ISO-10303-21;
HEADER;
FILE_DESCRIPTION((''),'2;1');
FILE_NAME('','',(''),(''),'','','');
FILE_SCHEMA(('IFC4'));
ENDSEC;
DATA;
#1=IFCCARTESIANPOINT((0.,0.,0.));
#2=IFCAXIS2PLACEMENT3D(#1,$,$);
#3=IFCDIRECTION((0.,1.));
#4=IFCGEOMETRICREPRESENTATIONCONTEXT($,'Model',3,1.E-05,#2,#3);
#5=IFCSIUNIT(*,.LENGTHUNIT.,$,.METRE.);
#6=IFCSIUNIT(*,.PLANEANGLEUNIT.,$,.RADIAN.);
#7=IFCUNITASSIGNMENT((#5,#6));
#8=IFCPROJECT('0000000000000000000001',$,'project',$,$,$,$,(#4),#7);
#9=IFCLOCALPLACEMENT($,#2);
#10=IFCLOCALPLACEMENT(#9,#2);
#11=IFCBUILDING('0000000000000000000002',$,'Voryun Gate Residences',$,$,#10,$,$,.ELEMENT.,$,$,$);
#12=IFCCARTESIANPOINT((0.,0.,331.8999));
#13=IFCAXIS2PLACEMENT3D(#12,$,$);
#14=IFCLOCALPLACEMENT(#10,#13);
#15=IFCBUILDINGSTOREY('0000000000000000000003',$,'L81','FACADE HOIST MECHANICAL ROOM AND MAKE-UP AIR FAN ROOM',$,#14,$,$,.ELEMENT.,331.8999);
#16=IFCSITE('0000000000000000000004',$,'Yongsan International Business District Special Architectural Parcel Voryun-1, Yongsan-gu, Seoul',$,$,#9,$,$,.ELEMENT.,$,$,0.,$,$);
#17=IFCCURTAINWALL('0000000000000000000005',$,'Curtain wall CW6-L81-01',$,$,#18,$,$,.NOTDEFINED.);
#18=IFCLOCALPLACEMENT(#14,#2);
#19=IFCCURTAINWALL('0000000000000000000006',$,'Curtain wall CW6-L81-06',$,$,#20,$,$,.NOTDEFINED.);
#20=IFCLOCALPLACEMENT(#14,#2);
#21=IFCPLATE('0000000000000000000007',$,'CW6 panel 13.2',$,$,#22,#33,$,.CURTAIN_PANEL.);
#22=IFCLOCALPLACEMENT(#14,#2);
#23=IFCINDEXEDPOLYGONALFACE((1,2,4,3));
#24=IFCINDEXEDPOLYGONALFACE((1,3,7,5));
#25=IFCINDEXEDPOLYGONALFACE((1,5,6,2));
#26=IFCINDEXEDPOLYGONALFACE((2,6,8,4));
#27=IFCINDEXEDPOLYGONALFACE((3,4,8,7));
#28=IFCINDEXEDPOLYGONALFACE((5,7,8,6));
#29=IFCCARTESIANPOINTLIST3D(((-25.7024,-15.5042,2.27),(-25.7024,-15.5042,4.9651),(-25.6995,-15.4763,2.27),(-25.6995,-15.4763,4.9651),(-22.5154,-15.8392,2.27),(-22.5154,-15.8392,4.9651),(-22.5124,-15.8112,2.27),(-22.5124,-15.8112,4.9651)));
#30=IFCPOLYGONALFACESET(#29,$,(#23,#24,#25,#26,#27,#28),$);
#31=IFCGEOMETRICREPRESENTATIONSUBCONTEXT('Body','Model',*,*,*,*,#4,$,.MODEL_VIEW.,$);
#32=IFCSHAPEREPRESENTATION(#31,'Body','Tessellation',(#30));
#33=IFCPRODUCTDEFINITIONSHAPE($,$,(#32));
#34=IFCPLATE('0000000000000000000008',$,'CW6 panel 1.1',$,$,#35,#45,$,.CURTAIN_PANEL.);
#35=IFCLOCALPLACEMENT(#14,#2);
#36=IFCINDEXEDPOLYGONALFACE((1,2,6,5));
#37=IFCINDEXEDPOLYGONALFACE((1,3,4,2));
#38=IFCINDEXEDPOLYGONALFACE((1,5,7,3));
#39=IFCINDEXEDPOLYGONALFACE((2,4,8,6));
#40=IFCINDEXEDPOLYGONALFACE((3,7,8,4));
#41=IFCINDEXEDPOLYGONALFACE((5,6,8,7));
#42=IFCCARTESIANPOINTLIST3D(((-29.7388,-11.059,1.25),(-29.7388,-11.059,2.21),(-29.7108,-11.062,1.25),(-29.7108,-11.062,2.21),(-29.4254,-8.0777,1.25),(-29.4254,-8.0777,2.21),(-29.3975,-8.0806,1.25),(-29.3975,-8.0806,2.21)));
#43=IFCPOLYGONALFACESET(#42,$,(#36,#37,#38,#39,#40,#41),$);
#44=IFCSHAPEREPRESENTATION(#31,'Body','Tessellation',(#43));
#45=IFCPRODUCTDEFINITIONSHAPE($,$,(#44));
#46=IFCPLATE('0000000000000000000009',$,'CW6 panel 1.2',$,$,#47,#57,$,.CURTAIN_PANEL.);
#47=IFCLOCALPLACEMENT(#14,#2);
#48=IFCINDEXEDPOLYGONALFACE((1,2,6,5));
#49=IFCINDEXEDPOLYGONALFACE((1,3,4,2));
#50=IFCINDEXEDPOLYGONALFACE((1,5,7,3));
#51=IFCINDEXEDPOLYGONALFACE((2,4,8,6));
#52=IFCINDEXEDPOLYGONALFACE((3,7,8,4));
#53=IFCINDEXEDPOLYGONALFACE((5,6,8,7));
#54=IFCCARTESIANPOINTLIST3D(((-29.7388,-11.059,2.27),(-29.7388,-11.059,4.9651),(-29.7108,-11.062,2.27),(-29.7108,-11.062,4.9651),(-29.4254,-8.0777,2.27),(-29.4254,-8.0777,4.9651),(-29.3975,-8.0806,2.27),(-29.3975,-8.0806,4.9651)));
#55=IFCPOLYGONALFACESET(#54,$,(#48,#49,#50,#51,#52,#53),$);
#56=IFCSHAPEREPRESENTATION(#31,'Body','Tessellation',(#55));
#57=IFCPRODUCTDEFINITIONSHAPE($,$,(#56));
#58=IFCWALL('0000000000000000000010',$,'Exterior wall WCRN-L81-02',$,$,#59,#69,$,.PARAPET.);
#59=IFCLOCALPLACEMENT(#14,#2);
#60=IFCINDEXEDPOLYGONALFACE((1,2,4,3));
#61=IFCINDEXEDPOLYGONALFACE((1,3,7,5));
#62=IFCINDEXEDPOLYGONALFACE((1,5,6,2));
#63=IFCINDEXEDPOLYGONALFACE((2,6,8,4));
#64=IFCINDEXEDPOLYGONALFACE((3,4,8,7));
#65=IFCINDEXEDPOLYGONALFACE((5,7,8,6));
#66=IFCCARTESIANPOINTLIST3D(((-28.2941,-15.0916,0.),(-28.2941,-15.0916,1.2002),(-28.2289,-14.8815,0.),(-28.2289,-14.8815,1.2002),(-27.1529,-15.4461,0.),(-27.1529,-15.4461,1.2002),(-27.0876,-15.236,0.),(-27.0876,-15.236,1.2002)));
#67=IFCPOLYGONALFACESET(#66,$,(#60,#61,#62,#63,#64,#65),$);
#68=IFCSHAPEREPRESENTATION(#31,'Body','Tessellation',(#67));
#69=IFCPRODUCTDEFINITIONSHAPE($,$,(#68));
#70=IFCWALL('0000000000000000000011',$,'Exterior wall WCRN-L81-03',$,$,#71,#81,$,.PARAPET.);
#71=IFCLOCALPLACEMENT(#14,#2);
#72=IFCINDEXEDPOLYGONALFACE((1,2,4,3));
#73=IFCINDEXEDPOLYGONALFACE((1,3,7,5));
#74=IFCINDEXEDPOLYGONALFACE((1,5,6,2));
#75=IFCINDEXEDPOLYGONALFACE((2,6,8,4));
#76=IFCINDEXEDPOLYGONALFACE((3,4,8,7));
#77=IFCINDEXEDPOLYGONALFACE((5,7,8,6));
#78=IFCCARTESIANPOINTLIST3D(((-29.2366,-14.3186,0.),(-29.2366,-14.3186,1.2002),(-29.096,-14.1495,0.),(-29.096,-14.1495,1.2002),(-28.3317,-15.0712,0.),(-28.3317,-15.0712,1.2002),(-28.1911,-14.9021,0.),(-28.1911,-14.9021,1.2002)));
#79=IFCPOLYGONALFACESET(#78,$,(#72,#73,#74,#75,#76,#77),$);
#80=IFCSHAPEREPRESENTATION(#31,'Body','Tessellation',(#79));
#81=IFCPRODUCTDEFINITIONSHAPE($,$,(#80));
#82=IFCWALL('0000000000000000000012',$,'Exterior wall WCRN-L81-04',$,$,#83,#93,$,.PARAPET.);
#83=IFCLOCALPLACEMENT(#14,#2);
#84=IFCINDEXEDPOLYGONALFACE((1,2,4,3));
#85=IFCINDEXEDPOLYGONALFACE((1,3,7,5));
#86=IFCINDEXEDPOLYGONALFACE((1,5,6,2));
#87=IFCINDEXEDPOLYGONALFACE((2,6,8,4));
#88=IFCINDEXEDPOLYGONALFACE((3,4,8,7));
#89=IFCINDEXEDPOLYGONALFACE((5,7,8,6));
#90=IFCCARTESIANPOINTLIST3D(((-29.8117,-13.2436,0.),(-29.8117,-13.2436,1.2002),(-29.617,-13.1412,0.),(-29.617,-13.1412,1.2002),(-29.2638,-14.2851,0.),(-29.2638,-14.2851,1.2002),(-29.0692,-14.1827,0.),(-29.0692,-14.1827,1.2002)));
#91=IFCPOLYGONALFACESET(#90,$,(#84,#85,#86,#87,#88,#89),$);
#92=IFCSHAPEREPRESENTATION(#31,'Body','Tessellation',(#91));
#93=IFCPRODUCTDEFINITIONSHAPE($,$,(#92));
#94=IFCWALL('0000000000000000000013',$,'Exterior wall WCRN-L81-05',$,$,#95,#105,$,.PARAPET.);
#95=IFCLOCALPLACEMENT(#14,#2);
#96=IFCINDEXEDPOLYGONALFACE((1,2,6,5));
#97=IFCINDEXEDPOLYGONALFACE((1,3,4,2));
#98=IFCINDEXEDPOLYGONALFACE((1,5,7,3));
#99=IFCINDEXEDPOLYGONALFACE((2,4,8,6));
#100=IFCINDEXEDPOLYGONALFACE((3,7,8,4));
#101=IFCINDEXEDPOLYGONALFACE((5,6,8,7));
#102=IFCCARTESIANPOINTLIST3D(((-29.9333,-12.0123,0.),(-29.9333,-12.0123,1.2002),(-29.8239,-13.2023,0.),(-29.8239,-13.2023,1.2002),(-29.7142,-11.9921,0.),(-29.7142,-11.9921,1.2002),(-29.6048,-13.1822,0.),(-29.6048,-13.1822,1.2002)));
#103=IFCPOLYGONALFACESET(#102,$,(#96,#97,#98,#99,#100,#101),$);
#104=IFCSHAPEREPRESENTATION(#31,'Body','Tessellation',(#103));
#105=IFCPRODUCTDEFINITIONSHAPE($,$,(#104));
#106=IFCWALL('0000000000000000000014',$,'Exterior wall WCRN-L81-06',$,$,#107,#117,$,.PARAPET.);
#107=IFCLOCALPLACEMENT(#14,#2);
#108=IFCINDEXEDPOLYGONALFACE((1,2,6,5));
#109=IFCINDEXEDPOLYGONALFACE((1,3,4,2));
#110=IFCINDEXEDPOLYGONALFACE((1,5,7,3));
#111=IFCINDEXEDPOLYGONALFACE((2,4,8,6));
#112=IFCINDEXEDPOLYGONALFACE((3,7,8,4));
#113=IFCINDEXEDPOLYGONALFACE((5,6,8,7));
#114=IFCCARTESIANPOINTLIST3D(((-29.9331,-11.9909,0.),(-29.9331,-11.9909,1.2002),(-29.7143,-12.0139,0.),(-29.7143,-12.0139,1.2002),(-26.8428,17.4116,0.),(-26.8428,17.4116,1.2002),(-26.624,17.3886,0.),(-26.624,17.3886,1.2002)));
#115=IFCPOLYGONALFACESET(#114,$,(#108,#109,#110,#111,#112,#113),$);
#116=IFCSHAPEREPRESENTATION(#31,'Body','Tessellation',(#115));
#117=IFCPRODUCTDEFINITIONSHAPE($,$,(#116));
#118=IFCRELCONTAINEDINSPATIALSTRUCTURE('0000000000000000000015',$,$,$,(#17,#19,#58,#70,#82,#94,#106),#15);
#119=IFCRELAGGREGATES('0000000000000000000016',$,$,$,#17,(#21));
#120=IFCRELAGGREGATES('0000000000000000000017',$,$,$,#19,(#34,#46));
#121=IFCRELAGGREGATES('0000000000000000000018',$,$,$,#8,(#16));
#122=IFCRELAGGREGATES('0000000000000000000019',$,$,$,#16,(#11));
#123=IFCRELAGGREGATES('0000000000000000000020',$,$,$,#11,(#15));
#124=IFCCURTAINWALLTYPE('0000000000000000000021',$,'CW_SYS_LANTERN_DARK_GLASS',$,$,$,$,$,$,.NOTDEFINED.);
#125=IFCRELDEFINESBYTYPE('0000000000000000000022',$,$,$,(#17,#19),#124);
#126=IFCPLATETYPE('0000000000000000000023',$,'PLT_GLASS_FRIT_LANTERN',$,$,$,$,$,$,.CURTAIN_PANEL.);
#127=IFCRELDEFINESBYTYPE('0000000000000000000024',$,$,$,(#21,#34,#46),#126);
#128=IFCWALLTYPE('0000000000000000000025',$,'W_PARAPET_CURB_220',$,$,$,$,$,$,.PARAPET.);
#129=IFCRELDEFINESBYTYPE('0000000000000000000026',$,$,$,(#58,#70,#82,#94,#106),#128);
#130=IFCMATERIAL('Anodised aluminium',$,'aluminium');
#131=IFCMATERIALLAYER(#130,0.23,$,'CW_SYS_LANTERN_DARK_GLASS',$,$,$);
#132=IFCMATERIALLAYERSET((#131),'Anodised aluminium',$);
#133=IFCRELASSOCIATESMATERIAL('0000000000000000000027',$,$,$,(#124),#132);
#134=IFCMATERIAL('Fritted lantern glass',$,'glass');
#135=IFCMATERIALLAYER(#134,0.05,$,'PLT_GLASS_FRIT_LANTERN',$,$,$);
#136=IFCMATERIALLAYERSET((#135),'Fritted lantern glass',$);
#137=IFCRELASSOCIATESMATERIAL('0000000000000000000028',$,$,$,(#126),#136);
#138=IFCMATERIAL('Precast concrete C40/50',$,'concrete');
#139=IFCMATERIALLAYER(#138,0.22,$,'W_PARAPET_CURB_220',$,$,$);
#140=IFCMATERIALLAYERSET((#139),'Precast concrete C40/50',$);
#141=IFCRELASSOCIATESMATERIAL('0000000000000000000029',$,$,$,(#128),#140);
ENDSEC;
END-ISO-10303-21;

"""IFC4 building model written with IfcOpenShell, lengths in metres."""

from ifc_helpers import new_model, si_unit, direction, frame, frame_2d, origin, origin_2d, place, context, subcontext, project, spatial, rectangle, extrude, material, layer, layer_set, type_object, element, aggregate, save


model = new_model("IFC4")

# Units and contexts
model_context = context("Model", 3, precision=1e-05, world=origin(), true_north=direction((0.0, 1.0)))
body_context = subcontext(model_context, "Body", "Model", "MODEL_VIEW")
ifc_project = project(units=[si_unit("LENGTHUNIT", "METRE"), si_unit("PLANEANGLEUNIT", "RADIAN")], contexts=[model_context])

# Site, building, storey
site_placement = place(None, origin())
site = spatial("IfcSite", under=ifc_project, at=site_placement, Name="Yongsan International Business District Special Architectural Parcel Voryun-1, Yongsan-gu, Seoul", CompositionType="ELEMENT", RefElevation=0.0)
building_placement = place(site_placement, origin())
building = spatial("IfcBuilding", under=site, at=building_placement, Name="Voryun Gate Residences", CompositionType="ELEMENT")
storey_placement = place(building_placement, frame((0.0, 0.0, 331.8999)))
storey = spatial("IfcBuildingStorey", under=building, at=storey_placement, Name="L81", Description="FACADE HOIST MECHANICAL ROOM AND MAKE-UP AIR FAN ROOM", CompositionType="ELEMENT", Elevation=331.8999)

# Curtain wall
ifc_material_1 = material(Name="Anodised aluminium", Category="aluminium")
ifc_layer_1 = layer(ifc_material_1, 0.23, Name="CW_SYS_LANTERN_DARK_GLASS")
ifc_layer_set_1 = layer_set([ifc_layer_1], Name="Anodised aluminium")
curtain_wall_type = type_object("IfcCurtainWallType", Name="CW_SYS_LANTERN_DARK_GLASS", PredefinedType="NOTDEFINED", material=ifc_layer_set_1)
curtain_wall_1_placement = place(storey_placement, origin())
curtain_wall_1 = element("IfcCurtainWall", 1, at=curtain_wall_1_placement, inside=storey, type_object=curtain_wall_type, Name="Curtain wall CW6-L81-01", PredefinedType="NOTDEFINED")

# Curtain wall
curtain_wall_2_placement = place(storey_placement, origin())
curtain_wall_2 = element("IfcCurtainWall", 2, at=curtain_wall_2_placement, inside=storey, type_object=curtain_wall_type, Name="Curtain wall CW6-L81-06", PredefinedType="NOTDEFINED")

# Plates
ifc_material_2 = material(Name="Fritted lantern glass", Category="glass")
ifc_layer_2 = layer(ifc_material_2, 0.05, Name="PLT_GLASS_FRIT_LANTERN")
ifc_layer_set_2 = layer_set([ifc_layer_2], Name="Fritted lantern glass")
plate_type_1 = type_object("IfcPlateType", Name="PLT_GLASS_FRIT_LANTERN", PredefinedType="CURTAIN_PANEL", material=ifc_layer_set_2)
plate_1_placement = place(storey_placement, frame((-24.1074, -15.6577, 2.27), z_axis=(0.0, 0.0, 1.0), x_axis=(-0.994522, 0.104528, 0.0)))
plate_1 = element("IfcPlate", 3, at=plate_1_placement, type_object=plate_type_1, Name="CW6 panel 13.2", PredefinedType="CURTAIN_PANEL", context=body_context, shape_type="SweptSolid", body=[
    extrude(rectangle(XDim=3.2046, YDim=0.0281, at=origin_2d()), origin(), (0.0, 0.0, 1.0), 2.6951),
])
aggregate(curtain_wall_1, [plate_1])
plate_2_placement = place(storey_placement, frame((-29.5681, -9.5698, 1.25), z_axis=(0.0, 0.0, 1.0), x_axis=(0.104528, 0.994522, 0.0)))
plate_2 = element("IfcPlate", 4, at=plate_2_placement, type_object=plate_type_1, Name="CW6 panel 1.1", PredefinedType="CURTAIN_PANEL", context=body_context, shape_type="SweptSolid", body=[
    extrude(rectangle(XDim=2.9978, YDim=0.0281, at=origin_2d()), origin(), (0.0, 0.0, 1.0), 0.96),
])
plate_3_placement = place(storey_placement, frame((-29.5681, -9.5698, 2.27), z_axis=(0.0, 0.0, 1.0), x_axis=(0.104528, 0.994522, 0.0)))
plate_3 = element("IfcPlate", 5, at=plate_3_placement, type_object=plate_type_1, Name="CW6 panel 1.2", PredefinedType="CURTAIN_PANEL", context=body_context, shape_type="SweptSolid", body=[
    extrude(rectangle(XDim=2.9978, YDim=0.0281, at=origin_2d()), origin(), (0.0, 0.0, 1.0), 2.6951),
])
aggregate(curtain_wall_2, [plate_2, plate_3])

# Walls
ifc_material_3 = material(Name="Precast concrete C40/50", Category="concrete")
ifc_layer_3 = layer(ifc_material_3, 0.22, Name="W_PARAPET_CURB_220")
ifc_layer_set_3 = layer_set([ifc_layer_3], Name="Precast concrete C40/50")
wall_type = type_object("IfcWallType", Name="W_PARAPET_CURB_220", PredefinedType="PARAPET", material=ifc_layer_set_3)
wall_1_placement = place(storey_placement, frame((-27.1201, -15.3411, 0.0), z_axis=(0.0, 0.0, 1.0), x_axis=(-0.954998, 0.296611, 0.0)))
element("IfcWall", 6, at=wall_1_placement, inside=storey, type_object=wall_type, Name="Exterior wall WCRN-L81-02", PredefinedType="PARAPET", context=body_context, shape_type="SweptSolid", body=[
    extrude(rectangle(XDim=1.1951, YDim=0.22, at=frame_2d((0.5977, 0.0))), origin(), (0.0, 0.0, 1.0), 1.2002),
])
wall_2_placement = place(storey_placement, frame((-28.2615, -14.9866, 0.0), z_axis=(0.0, 0.0, 1.0), x_axis=(-0.76885, 0.639429, 0.0)))
element("IfcWall", 7, at=wall_2_placement, inside=storey, type_object=wall_type, Name="Exterior wall WCRN-L81-03", PredefinedType="PARAPET", context=body_context, shape_type="SweptSolid", body=[
    extrude(rectangle(XDim=1.177, YDim=0.22, at=frame_2d((0.5884, 0.0))), origin(), (0.0, 0.0, 1.0), 1.2002),
])
wall_3_placement = place(storey_placement, frame((-29.1665, -14.2339, 0.0), z_axis=(0.0, 0.0, 1.0), x_axis=(-0.465541, 0.885026, 0.0)))
element("IfcWall", 8, at=wall_3_placement, inside=storey, type_object=wall_type, Name="Exterior wall WCRN-L81-04", PredefinedType="PARAPET", context=body_context, shape_type="SweptSolid", body=[
    extrude(rectangle(XDim=1.1768, YDim=0.22, at=frame_2d((0.5884, 0.0))), origin(), (0.0, 0.0, 1.0), 1.2002),
])
wall_4_placement = place(storey_placement, frame((-29.7144, -13.1924, 0.0), z_axis=(0.0, 0.0, 1.0), x_axis=(-0.09153, 0.995802, 0.0)))
element("IfcWall", 9, at=wall_4_placement, inside=storey, type_object=wall_type, Name="Exterior wall WCRN-L81-05", PredefinedType="PARAPET", context=body_context, shape_type="SweptSolid", body=[
    extrude(rectangle(XDim=1.1951, YDim=0.22, at=frame_2d((0.5977, 0.0))), origin(), (0.0, 0.0, 1.0), 1.2002),
])
wall_5_placement = place(storey_placement, frame((-29.8237, -12.0024, 0.0), z_axis=(0.0, 0.0, 1.0), x_axis=(0.104528, 0.994522, 0.0)))
element("IfcWall", 10, at=wall_5_placement, inside=storey, type_object=wall_type, Name="Exterior wall WCRN-L81-06", PredefinedType="PARAPET", context=body_context, shape_type="SweptSolid", body=[
    extrude(rectangle(XDim=29.5645, YDim=0.22, at=frame_2d((14.7822, 0.0))), origin(), (0.0, 0.0, 1.0), 1.2002),
])

save(model, "model.ifc")
